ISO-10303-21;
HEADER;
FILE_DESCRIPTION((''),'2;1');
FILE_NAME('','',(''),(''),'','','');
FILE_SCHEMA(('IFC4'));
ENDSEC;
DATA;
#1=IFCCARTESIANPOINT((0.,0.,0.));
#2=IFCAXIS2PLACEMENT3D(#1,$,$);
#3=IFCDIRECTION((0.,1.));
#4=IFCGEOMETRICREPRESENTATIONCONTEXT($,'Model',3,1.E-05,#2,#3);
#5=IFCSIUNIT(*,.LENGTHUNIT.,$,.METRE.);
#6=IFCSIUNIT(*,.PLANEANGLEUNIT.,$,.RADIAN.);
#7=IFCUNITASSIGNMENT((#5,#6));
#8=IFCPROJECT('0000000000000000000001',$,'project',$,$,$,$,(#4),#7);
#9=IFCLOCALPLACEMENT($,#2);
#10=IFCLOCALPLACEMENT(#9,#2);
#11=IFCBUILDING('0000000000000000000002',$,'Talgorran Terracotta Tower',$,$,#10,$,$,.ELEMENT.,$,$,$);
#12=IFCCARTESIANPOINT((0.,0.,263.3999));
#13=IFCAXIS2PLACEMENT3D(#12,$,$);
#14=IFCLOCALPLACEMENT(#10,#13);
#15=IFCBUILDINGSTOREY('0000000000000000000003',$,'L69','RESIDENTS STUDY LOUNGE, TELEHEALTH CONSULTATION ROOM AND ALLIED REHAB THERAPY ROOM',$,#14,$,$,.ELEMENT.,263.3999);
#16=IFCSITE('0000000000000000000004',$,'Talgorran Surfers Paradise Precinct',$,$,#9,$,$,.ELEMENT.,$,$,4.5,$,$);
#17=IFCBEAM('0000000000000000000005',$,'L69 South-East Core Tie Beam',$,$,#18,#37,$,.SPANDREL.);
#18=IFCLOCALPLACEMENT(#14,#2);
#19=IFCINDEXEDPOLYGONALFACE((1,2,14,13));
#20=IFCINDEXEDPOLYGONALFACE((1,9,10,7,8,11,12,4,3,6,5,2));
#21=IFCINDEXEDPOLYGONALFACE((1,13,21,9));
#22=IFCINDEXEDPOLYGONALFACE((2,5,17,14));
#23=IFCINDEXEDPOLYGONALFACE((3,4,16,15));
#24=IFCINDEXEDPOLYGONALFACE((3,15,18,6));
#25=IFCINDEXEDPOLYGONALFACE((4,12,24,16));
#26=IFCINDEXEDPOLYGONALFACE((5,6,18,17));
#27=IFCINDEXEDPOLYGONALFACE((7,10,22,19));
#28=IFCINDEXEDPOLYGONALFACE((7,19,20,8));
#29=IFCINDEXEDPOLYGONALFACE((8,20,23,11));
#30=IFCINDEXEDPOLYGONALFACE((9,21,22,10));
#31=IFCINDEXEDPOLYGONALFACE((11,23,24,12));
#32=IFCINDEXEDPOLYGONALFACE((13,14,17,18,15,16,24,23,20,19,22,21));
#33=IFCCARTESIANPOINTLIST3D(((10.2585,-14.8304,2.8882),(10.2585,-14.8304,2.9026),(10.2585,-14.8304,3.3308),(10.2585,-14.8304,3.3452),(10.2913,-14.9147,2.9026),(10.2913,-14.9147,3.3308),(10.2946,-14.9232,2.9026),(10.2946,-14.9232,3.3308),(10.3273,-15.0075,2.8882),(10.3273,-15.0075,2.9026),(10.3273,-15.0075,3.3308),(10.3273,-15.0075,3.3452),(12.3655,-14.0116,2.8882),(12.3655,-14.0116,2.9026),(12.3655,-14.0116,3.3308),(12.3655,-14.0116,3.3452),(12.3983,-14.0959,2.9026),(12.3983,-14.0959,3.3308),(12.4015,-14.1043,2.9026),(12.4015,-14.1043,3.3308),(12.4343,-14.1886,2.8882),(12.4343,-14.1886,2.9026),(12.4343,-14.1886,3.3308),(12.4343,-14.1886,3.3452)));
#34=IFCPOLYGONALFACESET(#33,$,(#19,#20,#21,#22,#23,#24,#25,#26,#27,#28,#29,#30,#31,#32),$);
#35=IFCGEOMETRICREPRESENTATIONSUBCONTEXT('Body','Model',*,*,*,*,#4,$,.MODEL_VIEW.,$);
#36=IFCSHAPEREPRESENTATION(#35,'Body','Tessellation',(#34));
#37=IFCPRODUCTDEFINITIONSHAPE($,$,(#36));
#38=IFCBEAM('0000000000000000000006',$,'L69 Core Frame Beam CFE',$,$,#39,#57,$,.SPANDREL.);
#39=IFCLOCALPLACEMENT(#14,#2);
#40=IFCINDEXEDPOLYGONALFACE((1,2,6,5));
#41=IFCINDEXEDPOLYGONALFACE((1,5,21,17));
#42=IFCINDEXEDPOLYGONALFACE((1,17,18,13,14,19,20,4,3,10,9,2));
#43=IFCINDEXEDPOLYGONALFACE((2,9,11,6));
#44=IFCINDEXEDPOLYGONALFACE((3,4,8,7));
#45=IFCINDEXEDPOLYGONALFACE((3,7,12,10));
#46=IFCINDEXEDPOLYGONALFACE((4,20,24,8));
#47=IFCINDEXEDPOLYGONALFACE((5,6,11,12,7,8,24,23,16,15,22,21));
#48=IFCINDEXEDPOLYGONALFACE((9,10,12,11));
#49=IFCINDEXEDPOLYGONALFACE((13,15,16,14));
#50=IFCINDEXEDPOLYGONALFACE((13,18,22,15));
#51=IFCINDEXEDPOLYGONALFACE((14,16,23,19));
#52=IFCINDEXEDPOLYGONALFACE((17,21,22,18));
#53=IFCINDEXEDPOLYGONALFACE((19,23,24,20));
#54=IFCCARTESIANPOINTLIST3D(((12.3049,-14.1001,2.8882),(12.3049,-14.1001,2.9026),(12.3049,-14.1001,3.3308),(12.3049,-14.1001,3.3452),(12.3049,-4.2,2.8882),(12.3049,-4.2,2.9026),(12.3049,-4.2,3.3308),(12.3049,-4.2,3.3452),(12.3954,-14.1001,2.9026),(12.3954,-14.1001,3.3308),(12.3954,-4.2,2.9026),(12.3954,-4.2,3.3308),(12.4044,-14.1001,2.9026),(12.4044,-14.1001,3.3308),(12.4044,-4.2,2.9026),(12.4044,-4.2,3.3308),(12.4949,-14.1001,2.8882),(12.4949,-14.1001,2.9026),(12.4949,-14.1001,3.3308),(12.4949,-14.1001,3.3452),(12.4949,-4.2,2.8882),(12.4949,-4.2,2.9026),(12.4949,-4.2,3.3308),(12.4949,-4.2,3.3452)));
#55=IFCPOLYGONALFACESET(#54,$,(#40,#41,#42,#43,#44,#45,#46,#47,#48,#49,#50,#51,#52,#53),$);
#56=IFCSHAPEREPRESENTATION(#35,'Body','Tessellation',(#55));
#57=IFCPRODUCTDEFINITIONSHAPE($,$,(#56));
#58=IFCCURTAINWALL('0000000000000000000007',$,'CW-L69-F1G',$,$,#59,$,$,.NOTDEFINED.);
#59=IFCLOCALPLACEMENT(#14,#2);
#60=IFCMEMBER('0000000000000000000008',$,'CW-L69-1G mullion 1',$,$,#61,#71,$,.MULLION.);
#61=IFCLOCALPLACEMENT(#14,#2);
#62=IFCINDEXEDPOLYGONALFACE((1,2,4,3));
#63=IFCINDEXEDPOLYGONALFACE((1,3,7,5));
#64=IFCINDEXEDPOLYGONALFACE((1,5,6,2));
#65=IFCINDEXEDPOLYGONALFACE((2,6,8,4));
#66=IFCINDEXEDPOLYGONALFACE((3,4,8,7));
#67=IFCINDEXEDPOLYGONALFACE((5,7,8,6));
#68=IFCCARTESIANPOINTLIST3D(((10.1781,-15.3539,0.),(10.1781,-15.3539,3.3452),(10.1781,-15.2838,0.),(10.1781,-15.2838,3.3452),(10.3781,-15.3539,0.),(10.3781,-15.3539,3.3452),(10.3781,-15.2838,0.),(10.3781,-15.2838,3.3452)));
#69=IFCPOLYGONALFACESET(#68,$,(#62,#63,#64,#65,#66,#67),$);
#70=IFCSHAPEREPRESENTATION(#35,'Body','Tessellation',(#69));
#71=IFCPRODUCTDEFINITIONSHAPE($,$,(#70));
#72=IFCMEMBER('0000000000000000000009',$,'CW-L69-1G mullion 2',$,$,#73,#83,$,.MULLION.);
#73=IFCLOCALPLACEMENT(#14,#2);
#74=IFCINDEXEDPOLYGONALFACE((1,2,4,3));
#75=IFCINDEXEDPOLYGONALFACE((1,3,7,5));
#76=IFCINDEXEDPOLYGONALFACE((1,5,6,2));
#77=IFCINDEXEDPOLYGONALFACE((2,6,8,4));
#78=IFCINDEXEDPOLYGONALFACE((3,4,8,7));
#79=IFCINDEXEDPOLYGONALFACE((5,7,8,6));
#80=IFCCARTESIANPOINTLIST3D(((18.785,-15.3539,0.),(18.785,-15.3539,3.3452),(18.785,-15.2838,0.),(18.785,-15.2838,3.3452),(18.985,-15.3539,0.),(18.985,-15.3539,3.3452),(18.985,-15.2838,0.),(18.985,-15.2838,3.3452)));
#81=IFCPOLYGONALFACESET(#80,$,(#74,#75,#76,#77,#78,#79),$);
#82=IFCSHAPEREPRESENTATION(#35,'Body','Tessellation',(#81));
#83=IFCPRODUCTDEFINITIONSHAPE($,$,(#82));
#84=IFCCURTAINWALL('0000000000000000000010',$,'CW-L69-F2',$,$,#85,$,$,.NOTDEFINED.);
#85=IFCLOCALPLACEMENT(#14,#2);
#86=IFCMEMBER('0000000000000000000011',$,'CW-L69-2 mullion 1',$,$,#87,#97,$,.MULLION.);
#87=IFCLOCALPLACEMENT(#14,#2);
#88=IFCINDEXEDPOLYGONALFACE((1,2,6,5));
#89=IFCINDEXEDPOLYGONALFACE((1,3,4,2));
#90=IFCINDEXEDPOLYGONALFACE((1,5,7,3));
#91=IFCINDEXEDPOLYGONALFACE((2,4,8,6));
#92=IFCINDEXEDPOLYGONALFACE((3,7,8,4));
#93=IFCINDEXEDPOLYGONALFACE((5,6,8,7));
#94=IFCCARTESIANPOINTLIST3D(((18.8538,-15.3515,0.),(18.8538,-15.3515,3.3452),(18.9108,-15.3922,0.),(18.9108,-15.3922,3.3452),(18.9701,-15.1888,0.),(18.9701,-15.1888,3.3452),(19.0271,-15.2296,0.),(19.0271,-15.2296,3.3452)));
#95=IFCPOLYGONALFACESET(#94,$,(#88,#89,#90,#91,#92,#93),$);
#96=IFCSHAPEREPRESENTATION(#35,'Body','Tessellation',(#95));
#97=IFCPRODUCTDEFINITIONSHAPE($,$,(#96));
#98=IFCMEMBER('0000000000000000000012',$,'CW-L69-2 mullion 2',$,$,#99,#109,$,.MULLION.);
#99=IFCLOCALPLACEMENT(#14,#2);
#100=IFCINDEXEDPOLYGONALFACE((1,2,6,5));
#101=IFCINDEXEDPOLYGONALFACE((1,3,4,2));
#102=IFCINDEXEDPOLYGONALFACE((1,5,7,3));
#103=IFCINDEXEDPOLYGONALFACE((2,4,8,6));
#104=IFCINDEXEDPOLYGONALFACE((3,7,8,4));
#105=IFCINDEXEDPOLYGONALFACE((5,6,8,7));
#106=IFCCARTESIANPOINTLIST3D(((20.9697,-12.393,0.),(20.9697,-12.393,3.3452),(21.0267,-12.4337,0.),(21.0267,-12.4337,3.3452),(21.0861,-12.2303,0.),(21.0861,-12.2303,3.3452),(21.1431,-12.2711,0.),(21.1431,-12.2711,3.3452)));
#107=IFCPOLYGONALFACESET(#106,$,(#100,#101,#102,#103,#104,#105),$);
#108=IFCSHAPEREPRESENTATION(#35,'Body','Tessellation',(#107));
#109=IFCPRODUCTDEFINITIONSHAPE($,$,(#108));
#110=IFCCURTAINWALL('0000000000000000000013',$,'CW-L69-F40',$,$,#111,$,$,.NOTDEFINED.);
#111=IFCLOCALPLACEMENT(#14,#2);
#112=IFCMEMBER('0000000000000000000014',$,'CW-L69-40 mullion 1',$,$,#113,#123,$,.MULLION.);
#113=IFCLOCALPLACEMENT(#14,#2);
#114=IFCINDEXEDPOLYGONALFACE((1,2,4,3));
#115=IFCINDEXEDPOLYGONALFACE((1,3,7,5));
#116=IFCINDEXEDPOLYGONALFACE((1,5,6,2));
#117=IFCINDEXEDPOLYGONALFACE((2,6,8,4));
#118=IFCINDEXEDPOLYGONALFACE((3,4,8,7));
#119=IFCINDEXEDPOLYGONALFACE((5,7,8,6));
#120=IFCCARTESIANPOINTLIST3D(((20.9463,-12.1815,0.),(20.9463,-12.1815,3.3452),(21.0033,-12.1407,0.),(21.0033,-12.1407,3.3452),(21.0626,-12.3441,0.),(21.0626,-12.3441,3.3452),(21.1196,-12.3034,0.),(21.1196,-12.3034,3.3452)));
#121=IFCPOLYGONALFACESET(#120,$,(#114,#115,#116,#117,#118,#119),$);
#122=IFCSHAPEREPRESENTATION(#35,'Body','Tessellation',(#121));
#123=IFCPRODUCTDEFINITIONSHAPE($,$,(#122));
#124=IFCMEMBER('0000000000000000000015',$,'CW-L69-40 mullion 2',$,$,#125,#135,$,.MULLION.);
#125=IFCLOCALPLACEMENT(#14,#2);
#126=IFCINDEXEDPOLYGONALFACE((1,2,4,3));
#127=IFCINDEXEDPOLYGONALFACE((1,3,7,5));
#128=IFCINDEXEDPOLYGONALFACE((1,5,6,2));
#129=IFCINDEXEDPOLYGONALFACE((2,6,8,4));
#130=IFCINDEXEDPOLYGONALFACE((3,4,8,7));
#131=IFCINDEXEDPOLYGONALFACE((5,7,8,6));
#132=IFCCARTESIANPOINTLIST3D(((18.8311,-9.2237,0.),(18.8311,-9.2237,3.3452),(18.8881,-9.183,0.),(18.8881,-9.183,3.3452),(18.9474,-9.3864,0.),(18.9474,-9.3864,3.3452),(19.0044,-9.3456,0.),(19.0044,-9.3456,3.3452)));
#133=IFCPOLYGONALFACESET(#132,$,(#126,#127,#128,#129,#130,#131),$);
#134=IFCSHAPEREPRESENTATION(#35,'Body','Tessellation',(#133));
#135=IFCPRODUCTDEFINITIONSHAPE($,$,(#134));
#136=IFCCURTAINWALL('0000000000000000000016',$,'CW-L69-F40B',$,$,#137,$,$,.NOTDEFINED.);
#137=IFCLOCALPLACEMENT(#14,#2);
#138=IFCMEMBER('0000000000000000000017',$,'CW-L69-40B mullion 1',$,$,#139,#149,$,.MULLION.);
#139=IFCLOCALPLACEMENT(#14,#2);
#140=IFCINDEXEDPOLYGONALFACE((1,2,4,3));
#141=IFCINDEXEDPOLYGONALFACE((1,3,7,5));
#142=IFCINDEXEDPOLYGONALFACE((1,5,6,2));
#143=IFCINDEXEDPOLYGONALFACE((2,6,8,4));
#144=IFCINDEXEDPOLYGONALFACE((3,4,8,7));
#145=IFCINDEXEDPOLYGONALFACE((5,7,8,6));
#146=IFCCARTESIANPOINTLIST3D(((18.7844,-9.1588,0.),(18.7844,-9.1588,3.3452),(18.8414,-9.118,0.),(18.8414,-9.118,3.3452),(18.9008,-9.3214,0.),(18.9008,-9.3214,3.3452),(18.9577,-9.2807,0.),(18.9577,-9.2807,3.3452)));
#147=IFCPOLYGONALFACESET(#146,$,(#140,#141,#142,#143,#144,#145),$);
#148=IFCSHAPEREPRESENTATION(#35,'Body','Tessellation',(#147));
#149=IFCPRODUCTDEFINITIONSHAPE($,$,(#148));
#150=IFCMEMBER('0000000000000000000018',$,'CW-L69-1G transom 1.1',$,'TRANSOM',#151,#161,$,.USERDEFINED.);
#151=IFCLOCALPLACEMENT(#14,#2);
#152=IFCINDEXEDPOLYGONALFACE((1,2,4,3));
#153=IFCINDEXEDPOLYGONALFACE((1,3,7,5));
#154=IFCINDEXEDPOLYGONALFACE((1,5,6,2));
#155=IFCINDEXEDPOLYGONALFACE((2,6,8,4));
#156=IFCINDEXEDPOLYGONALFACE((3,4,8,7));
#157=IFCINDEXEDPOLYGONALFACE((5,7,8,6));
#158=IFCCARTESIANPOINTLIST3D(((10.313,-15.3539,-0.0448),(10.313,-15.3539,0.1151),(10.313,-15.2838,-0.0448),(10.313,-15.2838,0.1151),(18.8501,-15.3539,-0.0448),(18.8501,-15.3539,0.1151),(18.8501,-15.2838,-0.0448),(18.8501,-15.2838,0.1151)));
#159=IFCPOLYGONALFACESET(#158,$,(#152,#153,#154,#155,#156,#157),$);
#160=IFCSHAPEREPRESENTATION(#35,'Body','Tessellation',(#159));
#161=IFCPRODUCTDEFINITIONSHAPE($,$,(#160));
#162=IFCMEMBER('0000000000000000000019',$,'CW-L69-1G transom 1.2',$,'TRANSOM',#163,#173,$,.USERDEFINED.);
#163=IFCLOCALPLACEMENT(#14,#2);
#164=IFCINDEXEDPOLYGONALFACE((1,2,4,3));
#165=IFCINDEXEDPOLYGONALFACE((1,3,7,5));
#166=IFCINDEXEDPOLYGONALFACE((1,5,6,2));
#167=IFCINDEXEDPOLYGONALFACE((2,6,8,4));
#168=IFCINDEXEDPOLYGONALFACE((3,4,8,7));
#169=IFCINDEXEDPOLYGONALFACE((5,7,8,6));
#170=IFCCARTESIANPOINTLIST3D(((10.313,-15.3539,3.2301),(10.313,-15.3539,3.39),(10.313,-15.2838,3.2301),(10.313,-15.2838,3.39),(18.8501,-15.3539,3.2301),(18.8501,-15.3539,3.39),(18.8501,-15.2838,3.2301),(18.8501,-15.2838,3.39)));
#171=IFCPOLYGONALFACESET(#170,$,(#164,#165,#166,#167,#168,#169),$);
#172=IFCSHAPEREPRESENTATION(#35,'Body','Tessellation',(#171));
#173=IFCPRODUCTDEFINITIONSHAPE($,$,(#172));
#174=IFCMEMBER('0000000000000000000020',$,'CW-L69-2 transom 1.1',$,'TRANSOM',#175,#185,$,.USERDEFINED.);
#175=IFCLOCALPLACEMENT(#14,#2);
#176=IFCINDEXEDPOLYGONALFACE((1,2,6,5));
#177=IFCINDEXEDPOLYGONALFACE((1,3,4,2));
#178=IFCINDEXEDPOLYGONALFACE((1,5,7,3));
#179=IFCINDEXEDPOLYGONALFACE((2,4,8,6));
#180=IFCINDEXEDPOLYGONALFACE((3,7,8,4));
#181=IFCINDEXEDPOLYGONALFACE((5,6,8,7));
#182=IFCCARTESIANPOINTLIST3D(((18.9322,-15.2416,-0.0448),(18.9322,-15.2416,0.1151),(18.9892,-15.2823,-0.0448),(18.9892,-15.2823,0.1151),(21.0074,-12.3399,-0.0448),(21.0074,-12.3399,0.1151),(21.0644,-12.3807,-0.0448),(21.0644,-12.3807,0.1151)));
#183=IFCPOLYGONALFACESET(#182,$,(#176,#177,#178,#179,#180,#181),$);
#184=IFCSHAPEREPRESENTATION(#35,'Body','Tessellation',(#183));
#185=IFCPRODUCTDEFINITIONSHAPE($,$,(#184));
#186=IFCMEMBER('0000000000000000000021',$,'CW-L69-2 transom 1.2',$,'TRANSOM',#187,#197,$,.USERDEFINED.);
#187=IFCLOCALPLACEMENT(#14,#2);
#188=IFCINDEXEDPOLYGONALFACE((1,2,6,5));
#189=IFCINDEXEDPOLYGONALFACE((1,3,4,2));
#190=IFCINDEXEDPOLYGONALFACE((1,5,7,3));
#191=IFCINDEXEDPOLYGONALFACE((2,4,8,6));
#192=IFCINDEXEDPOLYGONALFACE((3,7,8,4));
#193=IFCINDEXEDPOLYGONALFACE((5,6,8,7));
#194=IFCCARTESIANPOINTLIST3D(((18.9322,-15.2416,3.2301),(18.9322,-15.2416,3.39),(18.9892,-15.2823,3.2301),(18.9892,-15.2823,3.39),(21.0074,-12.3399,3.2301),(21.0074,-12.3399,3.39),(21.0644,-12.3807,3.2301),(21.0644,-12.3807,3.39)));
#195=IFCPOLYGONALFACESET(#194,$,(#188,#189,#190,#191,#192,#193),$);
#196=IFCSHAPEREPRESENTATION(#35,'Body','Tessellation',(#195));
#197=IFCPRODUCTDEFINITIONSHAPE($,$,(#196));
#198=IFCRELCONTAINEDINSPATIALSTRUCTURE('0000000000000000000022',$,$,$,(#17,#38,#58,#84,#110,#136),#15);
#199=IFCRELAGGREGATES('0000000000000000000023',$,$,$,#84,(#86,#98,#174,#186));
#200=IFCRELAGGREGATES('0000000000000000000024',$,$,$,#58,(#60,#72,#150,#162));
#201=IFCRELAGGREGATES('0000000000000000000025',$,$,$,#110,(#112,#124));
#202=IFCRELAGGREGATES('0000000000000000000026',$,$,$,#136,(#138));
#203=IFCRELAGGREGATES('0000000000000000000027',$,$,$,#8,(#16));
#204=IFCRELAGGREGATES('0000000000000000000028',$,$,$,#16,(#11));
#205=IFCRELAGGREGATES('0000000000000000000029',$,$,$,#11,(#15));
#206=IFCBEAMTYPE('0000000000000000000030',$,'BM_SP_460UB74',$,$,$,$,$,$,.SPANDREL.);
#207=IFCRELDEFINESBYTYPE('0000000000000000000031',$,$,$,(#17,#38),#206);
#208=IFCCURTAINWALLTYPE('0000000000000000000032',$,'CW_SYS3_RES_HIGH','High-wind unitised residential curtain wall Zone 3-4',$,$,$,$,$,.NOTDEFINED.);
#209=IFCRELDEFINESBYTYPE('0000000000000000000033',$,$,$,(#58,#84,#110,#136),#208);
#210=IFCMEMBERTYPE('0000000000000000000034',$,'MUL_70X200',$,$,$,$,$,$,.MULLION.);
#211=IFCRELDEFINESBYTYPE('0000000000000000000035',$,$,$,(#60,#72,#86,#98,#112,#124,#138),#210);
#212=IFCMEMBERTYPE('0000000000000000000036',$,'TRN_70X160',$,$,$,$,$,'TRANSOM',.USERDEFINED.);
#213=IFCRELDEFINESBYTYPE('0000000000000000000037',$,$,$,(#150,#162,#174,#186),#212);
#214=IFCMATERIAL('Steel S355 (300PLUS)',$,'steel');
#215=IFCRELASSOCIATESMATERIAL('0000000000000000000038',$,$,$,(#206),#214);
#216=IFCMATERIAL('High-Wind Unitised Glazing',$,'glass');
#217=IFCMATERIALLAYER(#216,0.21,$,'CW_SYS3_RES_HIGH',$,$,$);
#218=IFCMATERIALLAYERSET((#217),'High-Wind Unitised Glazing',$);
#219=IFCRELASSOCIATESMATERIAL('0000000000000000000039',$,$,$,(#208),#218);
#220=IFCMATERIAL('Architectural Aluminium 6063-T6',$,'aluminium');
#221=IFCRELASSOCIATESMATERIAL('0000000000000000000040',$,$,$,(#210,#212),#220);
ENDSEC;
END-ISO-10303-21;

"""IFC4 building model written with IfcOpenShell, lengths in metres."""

from ifc_helpers import new_model, si_unit, direction, frame, origin, origin_2d, place, context, subcontext, project, spatial, rectangle, i_section, extrude, material, layer, layer_set, material_profile, profile_set, type_object, element, aggregate, save


model = new_model("IFC4")

# Units and contexts
model_context = context("Model", 3, precision=1e-05, world=origin(), true_north=direction((0.0, 1.0)))
body_context = subcontext(model_context, "Body", "Model", "MODEL_VIEW")
ifc_project = project(units=[si_unit("LENGTHUNIT", "METRE"), si_unit("PLANEANGLEUNIT", "RADIAN")], contexts=[model_context])

# Site, building, storey
site_placement = place(None, origin())
site = spatial("IfcSite", under=ifc_project, at=site_placement, Name="Talgorran Surfers Paradise Precinct", CompositionType="ELEMENT", RefElevation=4.5)
building_placement = place(site_placement, origin())
building = spatial("IfcBuilding", under=site, at=building_placement, Name="Talgorran Terracotta Tower", CompositionType="ELEMENT")
storey_placement = place(building_placement, frame((0.0, 0.0, 263.3999)))
storey = spatial("IfcBuildingStorey", under=building, at=storey_placement, Name="L69", Description="RESIDENTS STUDY LOUNGE, TELEHEALTH CONSULTATION ROOM AND ALLIED REHAB THERAPY ROOM", CompositionType="ELEMENT", Elevation=263.3999)

# Shared definitions
ifc_material_1 = material(Name="Steel S355 (300PLUS)", Category="steel")

# Beams
ifc_material_profile_1 = material_profile(ifc_material_1, i_section(OverallWidth=0.1899, OverallDepth=0.457, WebThickness=0.009, FlangeThickness=0.0144, at=origin_2d()), Name="460UB74.6")
ifc_profile_set_1 = profile_set([ifc_material_profile_1], Name="Steel S355 (300PLUS)")
beam_type = type_object("IfcBeamType", Name="BM_SP_460UB74", PredefinedType="SPANDREL", material=ifc_profile_set_1)
beam_1_placement = place(storey_placement, frame((12.3999, -14.1001, 3.1167), z_axis=(-0.932082, -0.362248, 0.0), x_axis=(0.362248, -0.932082, 0.0)))
element("IfcBeam", 1, at=beam_1_placement, inside=storey, type_object=beam_type, Name="L69 South-East Core Tie Beam", PredefinedType="SPANDREL", context=body_context, shape_type="SweptSolid", body=[
    extrude(i_section(OverallWidth=0.1899, OverallDepth=0.457, WebThickness=0.009, FlangeThickness=0.0144, at=origin_2d()), origin(), (0.0, 0.0, 1.0), 2.2605),
])
beam_2_placement = place(storey_placement, frame((12.3999, -14.1001, 3.1167), z_axis=(0.0, 1.0, 0.0), x_axis=(-1.0, 0.0, 0.0)))
element("IfcBeam", 2, at=beam_2_placement, inside=storey, type_object=beam_type, Name="L69 Core Frame Beam CFE", PredefinedType="SPANDREL", context=body_context, shape_type="SweptSolid", body=[
    extrude(i_section(OverallWidth=0.1899, OverallDepth=0.457, WebThickness=0.009, FlangeThickness=0.0144, at=origin_2d()), origin(), (0.0, 0.0, 1.0), 9.9001),
])

# Curtain walls, members
ifc_material_2 = material(Name="High-Wind Unitised Glazing", Category="glass")
ifc_layer_1 = layer(ifc_material_2, 0.21, Name="CW_SYS3_RES_HIGH")
ifc_layer_set_1 = layer_set([ifc_layer_1], Name="High-Wind Unitised Glazing")
curtain_wall_type = type_object("IfcCurtainWallType", Name="CW_SYS3_RES_HIGH", Description="High-wind unitised residential curtain wall Zone 3-4", PredefinedType="NOTDEFINED", material=ifc_layer_set_1)
curtain_wall_1_placement = place(storey_placement, origin())
curtain_wall_1 = element("IfcCurtainWall", 3, at=curtain_wall_1_placement, inside=storey, type_object=curtain_wall_type, Name="CW-L69-F1G", PredefinedType="NOTDEFINED")
ifc_material_3 = material(Name="Architectural Aluminium 6063-T6", Category="aluminium")
ifc_material_profile_2 = material_profile(ifc_material_3, rectangle(XDim=0.0701, YDim=0.2, at=origin_2d()), Name="CWM70X200")
ifc_profile_set_2 = profile_set([ifc_material_profile_2], Name="Architectural Aluminium 6063-T6")
member_type_1 = type_object("IfcMemberType", Name="MUL_70X200", PredefinedType="MULLION", material=ifc_profile_set_2)
member_1_placement = place(storey_placement, frame((10.2781, -15.3188, 0.0), z_axis=(0.0, 0.0, 1.0), x_axis=(0.0, 1.0, 0.0)))
member_1 = element("IfcMember", 4, at=member_1_placement, type_object=member_type_1, Name="CW-L69-1G mullion 1", PredefinedType="MULLION", context=body_context, shape_type="SweptSolid", body=[
    extrude(rectangle(XDim=0.0701, YDim=0.2, at=origin_2d()), origin(), (0.0, 0.0, 1.0), 3.3452),
])
member_2_placement = place(storey_placement, frame((18.885, -15.3188, 0.0), z_axis=(0.0, 0.0, 1.0), x_axis=(0.0, 1.0, 0.0)))
member_2 = element("IfcMember", 5, at=member_2_placement, type_object=member_type_1, Name="CW-L69-1G mullion 2", PredefinedType="MULLION", context=body_context, shape_type="SweptSolid", body=[
    extrude(rectangle(XDim=0.0701, YDim=0.2, at=origin_2d()), origin(), (0.0, 0.0, 1.0), 3.3452),
])
curtain_wall_2_placement = place(storey_placement, origin())
curtain_wall_2 = element("IfcCurtainWall", 6, at=curtain_wall_2_placement, inside=storey, type_object=curtain_wall_type, Name="CW-L69-F2", PredefinedType="NOTDEFINED")
member_3_placement = place(storey_placement, frame((18.9404, -15.2905, 0.0), z_axis=(0.0, 0.0, 1.0), x_axis=(-0.813371, 0.581746, 0.0)))
member_3 = element("IfcMember", 7, at=member_3_placement, type_object=member_type_1, Name="CW-L69-2 mullion 1", PredefinedType="MULLION", context=body_context, shape_type="SweptSolid", body=[
    extrude(rectangle(XDim=0.0701, YDim=0.2, at=origin_2d()), origin(), (0.0, 0.0, 1.0), 3.3452),
])
member_4_placement = place(storey_placement, frame((21.0564, -12.332, 0.0), z_axis=(0.0, 0.0, 1.0), x_axis=(-0.813371, 0.581746, 0.0)))
member_4 = element("IfcMember", 8, at=member_4_placement, type_object=member_type_1, Name="CW-L69-2 mullion 2", PredefinedType="MULLION", context=body_context, shape_type="SweptSolid", body=[
    extrude(rectangle(XDim=0.0701, YDim=0.2, at=origin_2d()), origin(), (0.0, 0.0, 1.0), 3.3452),
])
curtain_wall_3_placement = place(storey_placement, origin())
curtain_wall_3 = element("IfcCurtainWall", 9, at=curtain_wall_3_placement, inside=storey, type_object=curtain_wall_type, Name="CW-L69-F40", PredefinedType="NOTDEFINED")
member_5_placement = place(storey_placement, frame((21.033, -12.2424, 0.0), z_axis=(0.0, 0.0, 1.0), x_axis=(-0.813383, -0.581728, 0.0)))
member_5 = element("IfcMember", 10, at=member_5_placement, type_object=member_type_1, Name="CW-L69-40 mullion 1", PredefinedType="MULLION", context=body_context, shape_type="SweptSolid", body=[
    extrude(rectangle(XDim=0.0701, YDim=0.2, at=origin_2d()), origin(), (0.0, 0.0, 1.0), 3.3452),
])
member_6_placement = place(storey_placement, frame((18.9177, -9.2847, 0.0), z_axis=(0.0, 0.0, 1.0), x_axis=(-0.813383, -0.581728, 0.0)))
member_6 = element("IfcMember", 11, at=member_6_placement, type_object=member_type_1, Name="CW-L69-40 mullion 2", PredefinedType="MULLION", context=body_context, shape_type="SweptSolid", body=[
    extrude(rectangle(XDim=0.0701, YDim=0.2, at=origin_2d()), origin(), (0.0, 0.0, 1.0), 3.3452),
])

# Curtain wall, member
curtain_wall_4_placement = place(storey_placement, origin())
curtain_wall_4 = element("IfcCurtainWall", 12, at=curtain_wall_4_placement, inside=storey, type_object=curtain_wall_type, Name="CW-L69-F40B", PredefinedType="NOTDEFINED")
member_7_placement = place(storey_placement, frame((18.8711, -9.2197, 0.0), z_axis=(0.0, 0.0, 1.0), x_axis=(-0.813388, -0.581722, 0.0)))
member_7 = element("IfcMember", 13, at=member_7_placement, type_object=member_type_1, Name="CW-L69-40B mullion 1", PredefinedType="MULLION", context=body_context, shape_type="SweptSolid", body=[
    extrude(rectangle(XDim=0.0701, YDim=0.2, at=origin_2d()), origin(), (0.0, 0.0, 1.0), 3.3452),
])

# Members
ifc_material_profile_3 = material_profile(ifc_material_3, rectangle(XDim=0.0701, YDim=0.1599, at=origin_2d()), Name="CWT70X160")
ifc_profile_set_3 = profile_set([ifc_material_profile_3], Name="Architectural Aluminium 6063-T6")
member_type_2 = type_object("IfcMemberType", Name="TRN_70X160", ElementType="TRANSOM", PredefinedType="USERDEFINED", material=ifc_profile_set_3)
member_8_placement = place(storey_placement, frame((10.313, -15.3188, 0.0352), z_axis=(1.0, 0.0, 0.0), x_axis=(0.0, 1.0, 0.0)))
member_8 = element("IfcMember", 14, at=member_8_placement, type_object=member_type_2, Name="CW-L69-1G transom 1.1", ObjectType="TRANSOM", PredefinedType="USERDEFINED", context=body_context, shape_type="SweptSolid", body=[
    extrude(rectangle(XDim=0.0701, YDim=0.1599, at=origin_2d()), origin(), (0.0, 0.0, 1.0), 8.5371),
])
member_9_placement = place(storey_placement, frame((10.313, -15.3188, 3.3101), z_axis=(1.0, 0.0, 0.0), x_axis=(0.0, 1.0, 0.0)))
member_9 = element("IfcMember", 15, at=member_9_placement, type_object=member_type_2, Name="CW-L69-1G transom 1.2", ObjectType="TRANSOM", PredefinedType="USERDEFINED", context=body_context, shape_type="SweptSolid", body=[
    extrude(rectangle(XDim=0.0701, YDim=0.1599, at=origin_2d()), origin(), (0.0, 0.0, 1.0), 8.5371),
])
member_10_placement = place(storey_placement, frame((18.9607, -15.262, 0.0352), z_axis=(0.581724, 0.813387, 0.0), x_axis=(-0.813387, 0.581724, 0.0)))
member_10 = element("IfcMember", 16, at=member_10_placement, type_object=member_type_2, Name="CW-L69-2 transom 1.1", ObjectType="TRANSOM", PredefinedType="USERDEFINED", context=body_context, shape_type="SweptSolid", body=[
    extrude(rectangle(XDim=0.0701, YDim=0.1599, at=origin_2d()), origin(), (0.0, 0.0, 1.0), 3.5674),
])
member_11_placement = place(storey_placement, frame((18.9607, -15.262, 3.3101), z_axis=(0.581724, 0.813387, 0.0), x_axis=(-0.813387, 0.581724, 0.0)))
member_11 = element("IfcMember", 17, at=member_11_placement, type_object=member_type_2, Name="CW-L69-2 transom 1.2", ObjectType="TRANSOM", PredefinedType="USERDEFINED", context=body_context, shape_type="SweptSolid", body=[
    extrude(rectangle(XDim=0.0701, YDim=0.1599, at=origin_2d()), origin(), (0.0, 0.0, 1.0), 3.5674),
])

aggregate(curtain_wall_2, [member_3, member_4, member_10, member_11])
aggregate(curtain_wall_1, [member_1, member_2, member_8, member_9])
aggregate(curtain_wall_3, [member_5, member_6])
aggregate(curtain_wall_4, [member_7])

save(model, "model.ifc")
